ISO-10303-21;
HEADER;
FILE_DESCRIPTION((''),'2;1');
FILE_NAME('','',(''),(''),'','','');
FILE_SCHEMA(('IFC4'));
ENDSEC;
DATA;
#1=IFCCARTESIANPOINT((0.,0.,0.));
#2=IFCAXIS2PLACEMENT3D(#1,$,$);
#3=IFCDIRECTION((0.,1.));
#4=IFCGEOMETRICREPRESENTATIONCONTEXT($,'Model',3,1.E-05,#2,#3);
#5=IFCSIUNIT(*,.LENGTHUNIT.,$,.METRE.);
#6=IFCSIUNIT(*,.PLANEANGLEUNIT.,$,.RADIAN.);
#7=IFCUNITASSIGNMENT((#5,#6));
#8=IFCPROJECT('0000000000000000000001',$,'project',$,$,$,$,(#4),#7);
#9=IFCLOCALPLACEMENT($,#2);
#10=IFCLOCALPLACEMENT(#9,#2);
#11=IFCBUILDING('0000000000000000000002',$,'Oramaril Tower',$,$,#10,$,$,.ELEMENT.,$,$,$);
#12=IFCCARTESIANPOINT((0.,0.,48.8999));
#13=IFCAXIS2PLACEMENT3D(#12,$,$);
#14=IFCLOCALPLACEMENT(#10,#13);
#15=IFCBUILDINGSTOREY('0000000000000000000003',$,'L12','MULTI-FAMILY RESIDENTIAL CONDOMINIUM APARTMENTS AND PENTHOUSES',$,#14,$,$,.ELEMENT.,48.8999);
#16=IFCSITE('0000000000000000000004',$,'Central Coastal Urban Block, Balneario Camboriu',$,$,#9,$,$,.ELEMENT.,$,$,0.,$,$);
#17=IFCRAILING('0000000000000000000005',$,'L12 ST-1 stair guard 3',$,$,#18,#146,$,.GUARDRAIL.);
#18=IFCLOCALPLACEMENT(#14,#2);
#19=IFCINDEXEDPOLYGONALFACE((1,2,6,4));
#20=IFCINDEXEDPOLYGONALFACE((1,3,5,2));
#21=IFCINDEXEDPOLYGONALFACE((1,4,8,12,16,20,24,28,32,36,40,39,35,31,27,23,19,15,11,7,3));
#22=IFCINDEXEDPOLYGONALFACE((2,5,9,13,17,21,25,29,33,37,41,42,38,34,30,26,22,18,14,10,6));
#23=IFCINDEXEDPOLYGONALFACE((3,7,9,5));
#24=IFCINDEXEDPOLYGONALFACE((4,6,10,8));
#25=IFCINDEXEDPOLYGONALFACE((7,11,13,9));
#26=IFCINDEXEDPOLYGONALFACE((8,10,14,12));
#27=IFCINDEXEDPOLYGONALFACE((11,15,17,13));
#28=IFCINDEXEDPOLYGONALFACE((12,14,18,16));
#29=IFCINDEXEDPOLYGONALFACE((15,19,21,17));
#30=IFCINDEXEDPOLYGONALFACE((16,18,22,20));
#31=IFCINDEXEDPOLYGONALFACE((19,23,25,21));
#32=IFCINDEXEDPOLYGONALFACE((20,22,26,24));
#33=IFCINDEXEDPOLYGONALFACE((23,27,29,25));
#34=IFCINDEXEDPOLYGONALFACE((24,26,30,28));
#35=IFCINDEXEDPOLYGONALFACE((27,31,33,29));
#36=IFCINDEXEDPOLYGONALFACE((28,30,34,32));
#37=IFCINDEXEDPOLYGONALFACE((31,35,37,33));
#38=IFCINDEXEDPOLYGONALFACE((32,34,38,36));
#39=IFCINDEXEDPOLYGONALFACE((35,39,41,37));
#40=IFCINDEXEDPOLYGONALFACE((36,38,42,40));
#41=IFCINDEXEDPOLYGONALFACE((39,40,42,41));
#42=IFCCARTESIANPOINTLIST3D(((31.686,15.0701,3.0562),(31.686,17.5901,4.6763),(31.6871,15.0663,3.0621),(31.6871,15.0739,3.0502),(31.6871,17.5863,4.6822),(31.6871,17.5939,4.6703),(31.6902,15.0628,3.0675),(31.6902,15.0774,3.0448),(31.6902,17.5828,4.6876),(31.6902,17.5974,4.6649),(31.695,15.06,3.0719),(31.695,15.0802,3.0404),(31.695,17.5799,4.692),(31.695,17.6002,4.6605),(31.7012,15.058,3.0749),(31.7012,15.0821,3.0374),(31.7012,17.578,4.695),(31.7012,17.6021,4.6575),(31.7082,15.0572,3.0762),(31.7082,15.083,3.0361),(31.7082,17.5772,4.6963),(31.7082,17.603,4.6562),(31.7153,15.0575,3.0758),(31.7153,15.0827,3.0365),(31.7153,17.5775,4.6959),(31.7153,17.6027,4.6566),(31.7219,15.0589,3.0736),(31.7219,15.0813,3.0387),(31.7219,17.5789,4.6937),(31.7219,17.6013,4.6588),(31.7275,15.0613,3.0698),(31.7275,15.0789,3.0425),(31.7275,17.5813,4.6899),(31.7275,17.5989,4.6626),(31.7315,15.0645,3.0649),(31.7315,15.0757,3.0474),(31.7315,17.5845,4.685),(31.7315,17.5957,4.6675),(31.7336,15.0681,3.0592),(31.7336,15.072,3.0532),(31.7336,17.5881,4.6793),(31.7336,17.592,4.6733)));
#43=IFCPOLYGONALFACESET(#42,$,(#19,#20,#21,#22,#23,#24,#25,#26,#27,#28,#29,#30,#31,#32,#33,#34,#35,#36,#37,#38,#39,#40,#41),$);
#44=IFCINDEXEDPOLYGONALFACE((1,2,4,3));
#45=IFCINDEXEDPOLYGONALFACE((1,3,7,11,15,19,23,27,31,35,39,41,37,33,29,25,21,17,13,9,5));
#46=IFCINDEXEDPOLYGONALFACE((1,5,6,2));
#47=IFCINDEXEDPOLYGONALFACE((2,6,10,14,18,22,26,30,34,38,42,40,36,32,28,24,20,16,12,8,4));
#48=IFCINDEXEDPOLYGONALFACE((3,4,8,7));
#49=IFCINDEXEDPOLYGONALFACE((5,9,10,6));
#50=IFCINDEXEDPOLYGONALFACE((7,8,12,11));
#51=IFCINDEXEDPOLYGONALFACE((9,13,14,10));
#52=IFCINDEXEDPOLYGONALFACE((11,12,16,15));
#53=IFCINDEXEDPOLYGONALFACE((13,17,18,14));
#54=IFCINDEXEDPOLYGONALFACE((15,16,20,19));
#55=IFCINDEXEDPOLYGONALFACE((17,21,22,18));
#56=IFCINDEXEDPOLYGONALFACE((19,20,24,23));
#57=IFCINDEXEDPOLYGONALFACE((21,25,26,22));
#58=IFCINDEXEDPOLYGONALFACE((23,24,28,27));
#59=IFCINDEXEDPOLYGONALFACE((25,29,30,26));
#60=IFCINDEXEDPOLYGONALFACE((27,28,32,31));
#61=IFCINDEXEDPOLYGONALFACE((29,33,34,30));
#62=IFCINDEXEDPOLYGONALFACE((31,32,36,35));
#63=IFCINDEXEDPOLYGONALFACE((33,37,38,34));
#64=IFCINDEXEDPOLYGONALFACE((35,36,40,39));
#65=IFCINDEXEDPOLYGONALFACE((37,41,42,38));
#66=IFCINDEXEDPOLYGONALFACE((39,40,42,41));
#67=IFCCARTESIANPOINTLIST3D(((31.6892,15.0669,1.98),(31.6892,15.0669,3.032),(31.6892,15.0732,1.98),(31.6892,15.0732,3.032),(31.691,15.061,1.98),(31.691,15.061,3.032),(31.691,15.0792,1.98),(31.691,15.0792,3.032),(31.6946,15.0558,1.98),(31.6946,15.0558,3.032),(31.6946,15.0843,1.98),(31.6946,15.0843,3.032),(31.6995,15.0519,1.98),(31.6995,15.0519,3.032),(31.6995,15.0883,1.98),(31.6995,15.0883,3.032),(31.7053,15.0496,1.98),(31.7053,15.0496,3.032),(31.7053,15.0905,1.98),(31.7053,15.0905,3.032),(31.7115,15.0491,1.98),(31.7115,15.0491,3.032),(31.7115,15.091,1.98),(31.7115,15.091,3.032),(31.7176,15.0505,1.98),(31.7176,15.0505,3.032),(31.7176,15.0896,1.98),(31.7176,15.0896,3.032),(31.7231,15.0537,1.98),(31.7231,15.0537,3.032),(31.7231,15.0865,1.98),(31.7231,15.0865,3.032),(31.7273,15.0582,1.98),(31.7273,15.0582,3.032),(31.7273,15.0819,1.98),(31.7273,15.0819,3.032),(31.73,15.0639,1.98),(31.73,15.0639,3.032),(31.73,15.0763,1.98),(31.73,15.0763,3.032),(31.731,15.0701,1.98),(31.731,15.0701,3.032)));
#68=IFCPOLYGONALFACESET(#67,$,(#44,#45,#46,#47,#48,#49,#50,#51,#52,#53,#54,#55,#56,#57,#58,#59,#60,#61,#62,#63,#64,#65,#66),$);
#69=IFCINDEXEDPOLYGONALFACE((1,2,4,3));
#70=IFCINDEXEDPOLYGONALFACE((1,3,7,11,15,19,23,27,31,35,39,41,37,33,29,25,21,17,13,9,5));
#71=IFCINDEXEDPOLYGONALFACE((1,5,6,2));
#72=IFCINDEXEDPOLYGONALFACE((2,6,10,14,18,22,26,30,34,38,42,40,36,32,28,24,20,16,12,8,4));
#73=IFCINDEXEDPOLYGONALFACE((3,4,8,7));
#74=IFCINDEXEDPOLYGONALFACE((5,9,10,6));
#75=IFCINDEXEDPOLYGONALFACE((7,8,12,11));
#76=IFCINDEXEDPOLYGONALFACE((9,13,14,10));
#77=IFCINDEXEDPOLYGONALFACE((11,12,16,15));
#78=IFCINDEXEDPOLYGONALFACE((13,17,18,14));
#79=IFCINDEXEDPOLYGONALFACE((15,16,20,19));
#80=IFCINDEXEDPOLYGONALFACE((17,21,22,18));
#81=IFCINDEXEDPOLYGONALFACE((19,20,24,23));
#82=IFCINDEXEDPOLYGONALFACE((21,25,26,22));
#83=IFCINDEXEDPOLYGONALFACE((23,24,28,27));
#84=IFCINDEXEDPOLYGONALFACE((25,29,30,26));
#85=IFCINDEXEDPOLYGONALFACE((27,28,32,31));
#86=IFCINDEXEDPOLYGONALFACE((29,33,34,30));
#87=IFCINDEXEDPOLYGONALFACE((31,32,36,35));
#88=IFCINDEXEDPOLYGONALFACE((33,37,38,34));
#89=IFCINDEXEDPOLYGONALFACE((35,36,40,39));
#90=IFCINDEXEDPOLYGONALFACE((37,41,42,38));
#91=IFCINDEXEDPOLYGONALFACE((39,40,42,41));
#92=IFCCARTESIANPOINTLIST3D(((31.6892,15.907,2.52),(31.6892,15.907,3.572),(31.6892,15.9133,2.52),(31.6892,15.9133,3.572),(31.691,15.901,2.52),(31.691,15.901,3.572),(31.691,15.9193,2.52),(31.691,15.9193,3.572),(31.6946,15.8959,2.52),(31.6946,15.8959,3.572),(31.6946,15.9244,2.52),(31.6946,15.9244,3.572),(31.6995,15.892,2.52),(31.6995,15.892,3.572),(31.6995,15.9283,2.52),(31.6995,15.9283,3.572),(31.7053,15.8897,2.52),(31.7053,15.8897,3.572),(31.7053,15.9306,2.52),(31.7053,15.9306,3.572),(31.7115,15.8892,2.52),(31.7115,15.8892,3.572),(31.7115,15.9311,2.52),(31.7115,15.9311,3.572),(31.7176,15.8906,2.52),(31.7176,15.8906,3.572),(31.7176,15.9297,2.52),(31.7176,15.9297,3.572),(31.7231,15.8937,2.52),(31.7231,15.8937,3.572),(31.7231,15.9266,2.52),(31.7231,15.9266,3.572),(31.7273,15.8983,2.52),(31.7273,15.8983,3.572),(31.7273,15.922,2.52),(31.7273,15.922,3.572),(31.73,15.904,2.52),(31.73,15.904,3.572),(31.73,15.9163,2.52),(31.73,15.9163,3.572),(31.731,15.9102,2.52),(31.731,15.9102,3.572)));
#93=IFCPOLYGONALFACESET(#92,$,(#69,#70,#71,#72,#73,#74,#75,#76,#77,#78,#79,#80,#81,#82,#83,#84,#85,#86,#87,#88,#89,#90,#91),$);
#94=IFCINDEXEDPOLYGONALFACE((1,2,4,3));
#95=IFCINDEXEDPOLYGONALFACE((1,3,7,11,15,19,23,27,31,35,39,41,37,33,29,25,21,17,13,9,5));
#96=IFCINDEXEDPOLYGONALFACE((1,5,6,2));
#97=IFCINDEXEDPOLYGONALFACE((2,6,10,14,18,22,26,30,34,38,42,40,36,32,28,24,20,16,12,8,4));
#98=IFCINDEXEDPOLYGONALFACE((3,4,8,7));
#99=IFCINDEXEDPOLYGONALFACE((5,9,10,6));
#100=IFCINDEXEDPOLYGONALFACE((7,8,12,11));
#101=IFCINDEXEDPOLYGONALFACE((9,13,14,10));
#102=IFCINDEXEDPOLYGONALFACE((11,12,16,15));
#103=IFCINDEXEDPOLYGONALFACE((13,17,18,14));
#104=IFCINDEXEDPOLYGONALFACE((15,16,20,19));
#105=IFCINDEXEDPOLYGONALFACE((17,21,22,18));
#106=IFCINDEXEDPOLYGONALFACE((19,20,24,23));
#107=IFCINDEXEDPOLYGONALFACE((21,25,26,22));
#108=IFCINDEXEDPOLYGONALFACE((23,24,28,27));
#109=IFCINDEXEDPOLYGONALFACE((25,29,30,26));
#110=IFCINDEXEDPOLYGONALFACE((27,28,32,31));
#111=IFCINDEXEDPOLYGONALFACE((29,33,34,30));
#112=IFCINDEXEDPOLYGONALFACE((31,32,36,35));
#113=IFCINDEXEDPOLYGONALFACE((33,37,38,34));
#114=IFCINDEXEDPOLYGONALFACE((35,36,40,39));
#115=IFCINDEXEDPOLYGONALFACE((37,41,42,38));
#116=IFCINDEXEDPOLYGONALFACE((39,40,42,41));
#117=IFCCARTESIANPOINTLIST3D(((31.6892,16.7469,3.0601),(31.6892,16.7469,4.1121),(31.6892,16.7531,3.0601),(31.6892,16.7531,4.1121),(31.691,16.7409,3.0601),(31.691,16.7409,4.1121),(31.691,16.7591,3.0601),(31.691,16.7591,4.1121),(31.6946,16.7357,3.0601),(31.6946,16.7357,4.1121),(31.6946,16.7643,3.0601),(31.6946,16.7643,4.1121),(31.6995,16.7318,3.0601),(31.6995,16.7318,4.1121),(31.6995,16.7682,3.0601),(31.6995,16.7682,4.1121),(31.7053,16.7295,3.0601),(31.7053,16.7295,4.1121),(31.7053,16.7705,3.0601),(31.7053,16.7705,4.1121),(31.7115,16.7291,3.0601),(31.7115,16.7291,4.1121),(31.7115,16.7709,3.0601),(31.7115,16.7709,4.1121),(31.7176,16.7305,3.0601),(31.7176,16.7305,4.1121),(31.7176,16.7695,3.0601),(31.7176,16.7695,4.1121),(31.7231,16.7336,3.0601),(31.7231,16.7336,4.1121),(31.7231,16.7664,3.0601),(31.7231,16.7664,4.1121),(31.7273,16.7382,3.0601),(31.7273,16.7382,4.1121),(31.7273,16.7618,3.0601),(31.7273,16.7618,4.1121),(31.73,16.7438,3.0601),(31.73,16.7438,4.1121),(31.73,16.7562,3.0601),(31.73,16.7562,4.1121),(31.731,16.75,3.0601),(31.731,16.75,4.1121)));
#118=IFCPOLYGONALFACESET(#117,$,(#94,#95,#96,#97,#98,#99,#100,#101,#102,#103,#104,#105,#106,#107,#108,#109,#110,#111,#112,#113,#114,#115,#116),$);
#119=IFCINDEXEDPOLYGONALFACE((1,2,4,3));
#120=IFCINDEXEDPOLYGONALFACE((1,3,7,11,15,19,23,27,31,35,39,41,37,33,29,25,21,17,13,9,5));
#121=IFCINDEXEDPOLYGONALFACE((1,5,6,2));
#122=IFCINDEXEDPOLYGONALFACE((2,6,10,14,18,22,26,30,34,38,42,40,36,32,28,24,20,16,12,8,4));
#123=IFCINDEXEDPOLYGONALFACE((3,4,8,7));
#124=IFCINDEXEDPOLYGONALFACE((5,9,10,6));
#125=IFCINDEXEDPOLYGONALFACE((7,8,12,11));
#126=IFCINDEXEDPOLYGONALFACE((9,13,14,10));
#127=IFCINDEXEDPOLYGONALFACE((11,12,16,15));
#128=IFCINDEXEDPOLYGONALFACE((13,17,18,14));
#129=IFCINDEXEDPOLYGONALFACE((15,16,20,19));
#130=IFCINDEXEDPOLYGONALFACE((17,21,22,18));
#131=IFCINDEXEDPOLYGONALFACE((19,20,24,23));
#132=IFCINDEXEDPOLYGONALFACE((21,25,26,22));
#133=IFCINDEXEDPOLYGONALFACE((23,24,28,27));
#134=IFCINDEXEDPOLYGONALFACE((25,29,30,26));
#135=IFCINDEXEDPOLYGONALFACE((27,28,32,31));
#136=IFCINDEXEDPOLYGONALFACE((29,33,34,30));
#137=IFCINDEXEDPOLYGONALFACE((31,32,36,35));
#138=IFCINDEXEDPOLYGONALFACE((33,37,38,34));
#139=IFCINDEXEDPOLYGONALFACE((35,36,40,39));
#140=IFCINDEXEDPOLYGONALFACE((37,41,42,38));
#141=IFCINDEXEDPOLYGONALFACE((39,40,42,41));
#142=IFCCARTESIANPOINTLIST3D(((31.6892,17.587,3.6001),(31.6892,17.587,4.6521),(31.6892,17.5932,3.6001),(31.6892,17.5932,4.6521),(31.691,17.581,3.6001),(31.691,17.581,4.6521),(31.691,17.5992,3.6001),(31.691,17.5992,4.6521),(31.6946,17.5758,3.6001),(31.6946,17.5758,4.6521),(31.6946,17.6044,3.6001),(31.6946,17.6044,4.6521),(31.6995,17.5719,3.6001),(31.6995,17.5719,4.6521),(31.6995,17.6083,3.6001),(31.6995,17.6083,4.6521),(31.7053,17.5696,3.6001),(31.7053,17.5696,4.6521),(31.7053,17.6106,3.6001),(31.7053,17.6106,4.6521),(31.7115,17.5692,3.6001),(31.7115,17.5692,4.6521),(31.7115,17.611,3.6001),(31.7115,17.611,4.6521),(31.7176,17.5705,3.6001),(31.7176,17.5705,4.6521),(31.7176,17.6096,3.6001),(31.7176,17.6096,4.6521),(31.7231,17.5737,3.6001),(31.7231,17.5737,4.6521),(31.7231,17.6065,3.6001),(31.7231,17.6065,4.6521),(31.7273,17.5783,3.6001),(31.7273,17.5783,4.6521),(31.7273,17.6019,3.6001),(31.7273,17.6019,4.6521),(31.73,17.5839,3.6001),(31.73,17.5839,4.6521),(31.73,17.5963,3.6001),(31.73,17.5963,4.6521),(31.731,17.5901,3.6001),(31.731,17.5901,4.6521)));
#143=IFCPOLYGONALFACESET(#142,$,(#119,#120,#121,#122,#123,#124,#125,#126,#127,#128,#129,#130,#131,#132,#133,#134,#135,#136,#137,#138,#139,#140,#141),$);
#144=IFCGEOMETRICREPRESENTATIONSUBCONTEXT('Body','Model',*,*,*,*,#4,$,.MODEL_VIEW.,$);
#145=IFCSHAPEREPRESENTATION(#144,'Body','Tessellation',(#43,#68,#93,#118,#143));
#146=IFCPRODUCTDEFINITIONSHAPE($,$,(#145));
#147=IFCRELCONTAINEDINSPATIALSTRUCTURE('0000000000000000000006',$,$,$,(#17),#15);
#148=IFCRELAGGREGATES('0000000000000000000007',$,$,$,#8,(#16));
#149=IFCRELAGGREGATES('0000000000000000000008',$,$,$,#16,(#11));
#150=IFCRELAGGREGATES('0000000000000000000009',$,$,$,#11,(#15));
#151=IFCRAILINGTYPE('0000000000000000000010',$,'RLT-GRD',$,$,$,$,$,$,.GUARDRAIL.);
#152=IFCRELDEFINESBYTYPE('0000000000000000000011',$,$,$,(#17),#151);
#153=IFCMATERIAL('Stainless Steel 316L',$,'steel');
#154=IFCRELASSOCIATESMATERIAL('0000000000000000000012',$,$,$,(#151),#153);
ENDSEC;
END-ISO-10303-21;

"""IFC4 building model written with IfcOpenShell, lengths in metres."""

from ifc_helpers import new_model, si_unit, direction, frame, origin, origin_2d, place, context, subcontext, project, spatial, circle, extrude, material, type_object, element, save


model = new_model("IFC4")

# Units and contexts
model_context = context("Model", 3, precision=1e-05, world=origin(), true_north=direction((0.0, 1.0)))
body_context = subcontext(model_context, "Body", "Model", "MODEL_VIEW")
ifc_project = project(units=[si_unit("LENGTHUNIT", "METRE"), si_unit("PLANEANGLEUNIT", "RADIAN")], contexts=[model_context])

# Site, building, storey
site_placement = place(None, origin())
site = spatial("IfcSite", under=ifc_project, at=site_placement, Name="Central Coastal Urban Block, Balneario Camboriu", CompositionType="ELEMENT", RefElevation=0.0)
building_placement = place(site_placement, origin())
building = spatial("IfcBuilding", under=site, at=building_placement, Name="Oramaril Tower", CompositionType="ELEMENT")
storey_placement = place(building_placement, frame((0.0, 0.0, 48.8999)))
storey = spatial("IfcBuildingStorey", under=building, at=storey_placement, Name="L12", Description="MULTI-FAMILY RESIDENTIAL CONDOMINIUM APARTMENTS AND PENTHOUSES", CompositionType="ELEMENT", Elevation=48.8999)

# Railing
ifc_material_1 = material(Name="Stainless Steel 316L", Category="steel")
railing_type_1 = type_object("IfcRailingType", Name="RLT-GRD", PredefinedType="GUARDRAIL", material=ifc_material_1)
railing_1_placement = place(storey_placement, frame((31.71, 15.0701, 1.98)))
element("IfcRailing", 1, at=railing_1_placement, inside=storey, type_object=railing_type_1, Name="L12 ST-1 stair guard 3", PredefinedType="GUARDRAIL", context=body_context, shape_type="SweptSolid", body=[
    extrude(circle(Radius=0.0239, at=origin_2d()), frame((0.0, 0.0, 1.0762), z_axis=(0.0, 0.841163, 0.540782), x_axis=(-1.0, 0.0, 0.0)), (0.0, 0.0, 1.0), 2.9958),
    extrude(circle(Radius=0.021, at=origin_2d()), origin(), (0.0, 0.0, 1.0), 1.052),
    extrude(circle(Radius=0.021, at=origin_2d()), frame((0.0, 0.8401, 0.54)), (0.0, 0.0, 1.0), 1.052),
    extrude(circle(Radius=0.021, at=origin_2d()), frame((0.0, 1.6799, 1.0801)), (0.0, 0.0, 1.0), 1.052),
    extrude(circle(Radius=0.021, at=origin_2d()), frame((0.0, 2.52, 1.6201)), (0.0, 0.0, 1.0), 1.052),
])

save(model, "model.ifc")
